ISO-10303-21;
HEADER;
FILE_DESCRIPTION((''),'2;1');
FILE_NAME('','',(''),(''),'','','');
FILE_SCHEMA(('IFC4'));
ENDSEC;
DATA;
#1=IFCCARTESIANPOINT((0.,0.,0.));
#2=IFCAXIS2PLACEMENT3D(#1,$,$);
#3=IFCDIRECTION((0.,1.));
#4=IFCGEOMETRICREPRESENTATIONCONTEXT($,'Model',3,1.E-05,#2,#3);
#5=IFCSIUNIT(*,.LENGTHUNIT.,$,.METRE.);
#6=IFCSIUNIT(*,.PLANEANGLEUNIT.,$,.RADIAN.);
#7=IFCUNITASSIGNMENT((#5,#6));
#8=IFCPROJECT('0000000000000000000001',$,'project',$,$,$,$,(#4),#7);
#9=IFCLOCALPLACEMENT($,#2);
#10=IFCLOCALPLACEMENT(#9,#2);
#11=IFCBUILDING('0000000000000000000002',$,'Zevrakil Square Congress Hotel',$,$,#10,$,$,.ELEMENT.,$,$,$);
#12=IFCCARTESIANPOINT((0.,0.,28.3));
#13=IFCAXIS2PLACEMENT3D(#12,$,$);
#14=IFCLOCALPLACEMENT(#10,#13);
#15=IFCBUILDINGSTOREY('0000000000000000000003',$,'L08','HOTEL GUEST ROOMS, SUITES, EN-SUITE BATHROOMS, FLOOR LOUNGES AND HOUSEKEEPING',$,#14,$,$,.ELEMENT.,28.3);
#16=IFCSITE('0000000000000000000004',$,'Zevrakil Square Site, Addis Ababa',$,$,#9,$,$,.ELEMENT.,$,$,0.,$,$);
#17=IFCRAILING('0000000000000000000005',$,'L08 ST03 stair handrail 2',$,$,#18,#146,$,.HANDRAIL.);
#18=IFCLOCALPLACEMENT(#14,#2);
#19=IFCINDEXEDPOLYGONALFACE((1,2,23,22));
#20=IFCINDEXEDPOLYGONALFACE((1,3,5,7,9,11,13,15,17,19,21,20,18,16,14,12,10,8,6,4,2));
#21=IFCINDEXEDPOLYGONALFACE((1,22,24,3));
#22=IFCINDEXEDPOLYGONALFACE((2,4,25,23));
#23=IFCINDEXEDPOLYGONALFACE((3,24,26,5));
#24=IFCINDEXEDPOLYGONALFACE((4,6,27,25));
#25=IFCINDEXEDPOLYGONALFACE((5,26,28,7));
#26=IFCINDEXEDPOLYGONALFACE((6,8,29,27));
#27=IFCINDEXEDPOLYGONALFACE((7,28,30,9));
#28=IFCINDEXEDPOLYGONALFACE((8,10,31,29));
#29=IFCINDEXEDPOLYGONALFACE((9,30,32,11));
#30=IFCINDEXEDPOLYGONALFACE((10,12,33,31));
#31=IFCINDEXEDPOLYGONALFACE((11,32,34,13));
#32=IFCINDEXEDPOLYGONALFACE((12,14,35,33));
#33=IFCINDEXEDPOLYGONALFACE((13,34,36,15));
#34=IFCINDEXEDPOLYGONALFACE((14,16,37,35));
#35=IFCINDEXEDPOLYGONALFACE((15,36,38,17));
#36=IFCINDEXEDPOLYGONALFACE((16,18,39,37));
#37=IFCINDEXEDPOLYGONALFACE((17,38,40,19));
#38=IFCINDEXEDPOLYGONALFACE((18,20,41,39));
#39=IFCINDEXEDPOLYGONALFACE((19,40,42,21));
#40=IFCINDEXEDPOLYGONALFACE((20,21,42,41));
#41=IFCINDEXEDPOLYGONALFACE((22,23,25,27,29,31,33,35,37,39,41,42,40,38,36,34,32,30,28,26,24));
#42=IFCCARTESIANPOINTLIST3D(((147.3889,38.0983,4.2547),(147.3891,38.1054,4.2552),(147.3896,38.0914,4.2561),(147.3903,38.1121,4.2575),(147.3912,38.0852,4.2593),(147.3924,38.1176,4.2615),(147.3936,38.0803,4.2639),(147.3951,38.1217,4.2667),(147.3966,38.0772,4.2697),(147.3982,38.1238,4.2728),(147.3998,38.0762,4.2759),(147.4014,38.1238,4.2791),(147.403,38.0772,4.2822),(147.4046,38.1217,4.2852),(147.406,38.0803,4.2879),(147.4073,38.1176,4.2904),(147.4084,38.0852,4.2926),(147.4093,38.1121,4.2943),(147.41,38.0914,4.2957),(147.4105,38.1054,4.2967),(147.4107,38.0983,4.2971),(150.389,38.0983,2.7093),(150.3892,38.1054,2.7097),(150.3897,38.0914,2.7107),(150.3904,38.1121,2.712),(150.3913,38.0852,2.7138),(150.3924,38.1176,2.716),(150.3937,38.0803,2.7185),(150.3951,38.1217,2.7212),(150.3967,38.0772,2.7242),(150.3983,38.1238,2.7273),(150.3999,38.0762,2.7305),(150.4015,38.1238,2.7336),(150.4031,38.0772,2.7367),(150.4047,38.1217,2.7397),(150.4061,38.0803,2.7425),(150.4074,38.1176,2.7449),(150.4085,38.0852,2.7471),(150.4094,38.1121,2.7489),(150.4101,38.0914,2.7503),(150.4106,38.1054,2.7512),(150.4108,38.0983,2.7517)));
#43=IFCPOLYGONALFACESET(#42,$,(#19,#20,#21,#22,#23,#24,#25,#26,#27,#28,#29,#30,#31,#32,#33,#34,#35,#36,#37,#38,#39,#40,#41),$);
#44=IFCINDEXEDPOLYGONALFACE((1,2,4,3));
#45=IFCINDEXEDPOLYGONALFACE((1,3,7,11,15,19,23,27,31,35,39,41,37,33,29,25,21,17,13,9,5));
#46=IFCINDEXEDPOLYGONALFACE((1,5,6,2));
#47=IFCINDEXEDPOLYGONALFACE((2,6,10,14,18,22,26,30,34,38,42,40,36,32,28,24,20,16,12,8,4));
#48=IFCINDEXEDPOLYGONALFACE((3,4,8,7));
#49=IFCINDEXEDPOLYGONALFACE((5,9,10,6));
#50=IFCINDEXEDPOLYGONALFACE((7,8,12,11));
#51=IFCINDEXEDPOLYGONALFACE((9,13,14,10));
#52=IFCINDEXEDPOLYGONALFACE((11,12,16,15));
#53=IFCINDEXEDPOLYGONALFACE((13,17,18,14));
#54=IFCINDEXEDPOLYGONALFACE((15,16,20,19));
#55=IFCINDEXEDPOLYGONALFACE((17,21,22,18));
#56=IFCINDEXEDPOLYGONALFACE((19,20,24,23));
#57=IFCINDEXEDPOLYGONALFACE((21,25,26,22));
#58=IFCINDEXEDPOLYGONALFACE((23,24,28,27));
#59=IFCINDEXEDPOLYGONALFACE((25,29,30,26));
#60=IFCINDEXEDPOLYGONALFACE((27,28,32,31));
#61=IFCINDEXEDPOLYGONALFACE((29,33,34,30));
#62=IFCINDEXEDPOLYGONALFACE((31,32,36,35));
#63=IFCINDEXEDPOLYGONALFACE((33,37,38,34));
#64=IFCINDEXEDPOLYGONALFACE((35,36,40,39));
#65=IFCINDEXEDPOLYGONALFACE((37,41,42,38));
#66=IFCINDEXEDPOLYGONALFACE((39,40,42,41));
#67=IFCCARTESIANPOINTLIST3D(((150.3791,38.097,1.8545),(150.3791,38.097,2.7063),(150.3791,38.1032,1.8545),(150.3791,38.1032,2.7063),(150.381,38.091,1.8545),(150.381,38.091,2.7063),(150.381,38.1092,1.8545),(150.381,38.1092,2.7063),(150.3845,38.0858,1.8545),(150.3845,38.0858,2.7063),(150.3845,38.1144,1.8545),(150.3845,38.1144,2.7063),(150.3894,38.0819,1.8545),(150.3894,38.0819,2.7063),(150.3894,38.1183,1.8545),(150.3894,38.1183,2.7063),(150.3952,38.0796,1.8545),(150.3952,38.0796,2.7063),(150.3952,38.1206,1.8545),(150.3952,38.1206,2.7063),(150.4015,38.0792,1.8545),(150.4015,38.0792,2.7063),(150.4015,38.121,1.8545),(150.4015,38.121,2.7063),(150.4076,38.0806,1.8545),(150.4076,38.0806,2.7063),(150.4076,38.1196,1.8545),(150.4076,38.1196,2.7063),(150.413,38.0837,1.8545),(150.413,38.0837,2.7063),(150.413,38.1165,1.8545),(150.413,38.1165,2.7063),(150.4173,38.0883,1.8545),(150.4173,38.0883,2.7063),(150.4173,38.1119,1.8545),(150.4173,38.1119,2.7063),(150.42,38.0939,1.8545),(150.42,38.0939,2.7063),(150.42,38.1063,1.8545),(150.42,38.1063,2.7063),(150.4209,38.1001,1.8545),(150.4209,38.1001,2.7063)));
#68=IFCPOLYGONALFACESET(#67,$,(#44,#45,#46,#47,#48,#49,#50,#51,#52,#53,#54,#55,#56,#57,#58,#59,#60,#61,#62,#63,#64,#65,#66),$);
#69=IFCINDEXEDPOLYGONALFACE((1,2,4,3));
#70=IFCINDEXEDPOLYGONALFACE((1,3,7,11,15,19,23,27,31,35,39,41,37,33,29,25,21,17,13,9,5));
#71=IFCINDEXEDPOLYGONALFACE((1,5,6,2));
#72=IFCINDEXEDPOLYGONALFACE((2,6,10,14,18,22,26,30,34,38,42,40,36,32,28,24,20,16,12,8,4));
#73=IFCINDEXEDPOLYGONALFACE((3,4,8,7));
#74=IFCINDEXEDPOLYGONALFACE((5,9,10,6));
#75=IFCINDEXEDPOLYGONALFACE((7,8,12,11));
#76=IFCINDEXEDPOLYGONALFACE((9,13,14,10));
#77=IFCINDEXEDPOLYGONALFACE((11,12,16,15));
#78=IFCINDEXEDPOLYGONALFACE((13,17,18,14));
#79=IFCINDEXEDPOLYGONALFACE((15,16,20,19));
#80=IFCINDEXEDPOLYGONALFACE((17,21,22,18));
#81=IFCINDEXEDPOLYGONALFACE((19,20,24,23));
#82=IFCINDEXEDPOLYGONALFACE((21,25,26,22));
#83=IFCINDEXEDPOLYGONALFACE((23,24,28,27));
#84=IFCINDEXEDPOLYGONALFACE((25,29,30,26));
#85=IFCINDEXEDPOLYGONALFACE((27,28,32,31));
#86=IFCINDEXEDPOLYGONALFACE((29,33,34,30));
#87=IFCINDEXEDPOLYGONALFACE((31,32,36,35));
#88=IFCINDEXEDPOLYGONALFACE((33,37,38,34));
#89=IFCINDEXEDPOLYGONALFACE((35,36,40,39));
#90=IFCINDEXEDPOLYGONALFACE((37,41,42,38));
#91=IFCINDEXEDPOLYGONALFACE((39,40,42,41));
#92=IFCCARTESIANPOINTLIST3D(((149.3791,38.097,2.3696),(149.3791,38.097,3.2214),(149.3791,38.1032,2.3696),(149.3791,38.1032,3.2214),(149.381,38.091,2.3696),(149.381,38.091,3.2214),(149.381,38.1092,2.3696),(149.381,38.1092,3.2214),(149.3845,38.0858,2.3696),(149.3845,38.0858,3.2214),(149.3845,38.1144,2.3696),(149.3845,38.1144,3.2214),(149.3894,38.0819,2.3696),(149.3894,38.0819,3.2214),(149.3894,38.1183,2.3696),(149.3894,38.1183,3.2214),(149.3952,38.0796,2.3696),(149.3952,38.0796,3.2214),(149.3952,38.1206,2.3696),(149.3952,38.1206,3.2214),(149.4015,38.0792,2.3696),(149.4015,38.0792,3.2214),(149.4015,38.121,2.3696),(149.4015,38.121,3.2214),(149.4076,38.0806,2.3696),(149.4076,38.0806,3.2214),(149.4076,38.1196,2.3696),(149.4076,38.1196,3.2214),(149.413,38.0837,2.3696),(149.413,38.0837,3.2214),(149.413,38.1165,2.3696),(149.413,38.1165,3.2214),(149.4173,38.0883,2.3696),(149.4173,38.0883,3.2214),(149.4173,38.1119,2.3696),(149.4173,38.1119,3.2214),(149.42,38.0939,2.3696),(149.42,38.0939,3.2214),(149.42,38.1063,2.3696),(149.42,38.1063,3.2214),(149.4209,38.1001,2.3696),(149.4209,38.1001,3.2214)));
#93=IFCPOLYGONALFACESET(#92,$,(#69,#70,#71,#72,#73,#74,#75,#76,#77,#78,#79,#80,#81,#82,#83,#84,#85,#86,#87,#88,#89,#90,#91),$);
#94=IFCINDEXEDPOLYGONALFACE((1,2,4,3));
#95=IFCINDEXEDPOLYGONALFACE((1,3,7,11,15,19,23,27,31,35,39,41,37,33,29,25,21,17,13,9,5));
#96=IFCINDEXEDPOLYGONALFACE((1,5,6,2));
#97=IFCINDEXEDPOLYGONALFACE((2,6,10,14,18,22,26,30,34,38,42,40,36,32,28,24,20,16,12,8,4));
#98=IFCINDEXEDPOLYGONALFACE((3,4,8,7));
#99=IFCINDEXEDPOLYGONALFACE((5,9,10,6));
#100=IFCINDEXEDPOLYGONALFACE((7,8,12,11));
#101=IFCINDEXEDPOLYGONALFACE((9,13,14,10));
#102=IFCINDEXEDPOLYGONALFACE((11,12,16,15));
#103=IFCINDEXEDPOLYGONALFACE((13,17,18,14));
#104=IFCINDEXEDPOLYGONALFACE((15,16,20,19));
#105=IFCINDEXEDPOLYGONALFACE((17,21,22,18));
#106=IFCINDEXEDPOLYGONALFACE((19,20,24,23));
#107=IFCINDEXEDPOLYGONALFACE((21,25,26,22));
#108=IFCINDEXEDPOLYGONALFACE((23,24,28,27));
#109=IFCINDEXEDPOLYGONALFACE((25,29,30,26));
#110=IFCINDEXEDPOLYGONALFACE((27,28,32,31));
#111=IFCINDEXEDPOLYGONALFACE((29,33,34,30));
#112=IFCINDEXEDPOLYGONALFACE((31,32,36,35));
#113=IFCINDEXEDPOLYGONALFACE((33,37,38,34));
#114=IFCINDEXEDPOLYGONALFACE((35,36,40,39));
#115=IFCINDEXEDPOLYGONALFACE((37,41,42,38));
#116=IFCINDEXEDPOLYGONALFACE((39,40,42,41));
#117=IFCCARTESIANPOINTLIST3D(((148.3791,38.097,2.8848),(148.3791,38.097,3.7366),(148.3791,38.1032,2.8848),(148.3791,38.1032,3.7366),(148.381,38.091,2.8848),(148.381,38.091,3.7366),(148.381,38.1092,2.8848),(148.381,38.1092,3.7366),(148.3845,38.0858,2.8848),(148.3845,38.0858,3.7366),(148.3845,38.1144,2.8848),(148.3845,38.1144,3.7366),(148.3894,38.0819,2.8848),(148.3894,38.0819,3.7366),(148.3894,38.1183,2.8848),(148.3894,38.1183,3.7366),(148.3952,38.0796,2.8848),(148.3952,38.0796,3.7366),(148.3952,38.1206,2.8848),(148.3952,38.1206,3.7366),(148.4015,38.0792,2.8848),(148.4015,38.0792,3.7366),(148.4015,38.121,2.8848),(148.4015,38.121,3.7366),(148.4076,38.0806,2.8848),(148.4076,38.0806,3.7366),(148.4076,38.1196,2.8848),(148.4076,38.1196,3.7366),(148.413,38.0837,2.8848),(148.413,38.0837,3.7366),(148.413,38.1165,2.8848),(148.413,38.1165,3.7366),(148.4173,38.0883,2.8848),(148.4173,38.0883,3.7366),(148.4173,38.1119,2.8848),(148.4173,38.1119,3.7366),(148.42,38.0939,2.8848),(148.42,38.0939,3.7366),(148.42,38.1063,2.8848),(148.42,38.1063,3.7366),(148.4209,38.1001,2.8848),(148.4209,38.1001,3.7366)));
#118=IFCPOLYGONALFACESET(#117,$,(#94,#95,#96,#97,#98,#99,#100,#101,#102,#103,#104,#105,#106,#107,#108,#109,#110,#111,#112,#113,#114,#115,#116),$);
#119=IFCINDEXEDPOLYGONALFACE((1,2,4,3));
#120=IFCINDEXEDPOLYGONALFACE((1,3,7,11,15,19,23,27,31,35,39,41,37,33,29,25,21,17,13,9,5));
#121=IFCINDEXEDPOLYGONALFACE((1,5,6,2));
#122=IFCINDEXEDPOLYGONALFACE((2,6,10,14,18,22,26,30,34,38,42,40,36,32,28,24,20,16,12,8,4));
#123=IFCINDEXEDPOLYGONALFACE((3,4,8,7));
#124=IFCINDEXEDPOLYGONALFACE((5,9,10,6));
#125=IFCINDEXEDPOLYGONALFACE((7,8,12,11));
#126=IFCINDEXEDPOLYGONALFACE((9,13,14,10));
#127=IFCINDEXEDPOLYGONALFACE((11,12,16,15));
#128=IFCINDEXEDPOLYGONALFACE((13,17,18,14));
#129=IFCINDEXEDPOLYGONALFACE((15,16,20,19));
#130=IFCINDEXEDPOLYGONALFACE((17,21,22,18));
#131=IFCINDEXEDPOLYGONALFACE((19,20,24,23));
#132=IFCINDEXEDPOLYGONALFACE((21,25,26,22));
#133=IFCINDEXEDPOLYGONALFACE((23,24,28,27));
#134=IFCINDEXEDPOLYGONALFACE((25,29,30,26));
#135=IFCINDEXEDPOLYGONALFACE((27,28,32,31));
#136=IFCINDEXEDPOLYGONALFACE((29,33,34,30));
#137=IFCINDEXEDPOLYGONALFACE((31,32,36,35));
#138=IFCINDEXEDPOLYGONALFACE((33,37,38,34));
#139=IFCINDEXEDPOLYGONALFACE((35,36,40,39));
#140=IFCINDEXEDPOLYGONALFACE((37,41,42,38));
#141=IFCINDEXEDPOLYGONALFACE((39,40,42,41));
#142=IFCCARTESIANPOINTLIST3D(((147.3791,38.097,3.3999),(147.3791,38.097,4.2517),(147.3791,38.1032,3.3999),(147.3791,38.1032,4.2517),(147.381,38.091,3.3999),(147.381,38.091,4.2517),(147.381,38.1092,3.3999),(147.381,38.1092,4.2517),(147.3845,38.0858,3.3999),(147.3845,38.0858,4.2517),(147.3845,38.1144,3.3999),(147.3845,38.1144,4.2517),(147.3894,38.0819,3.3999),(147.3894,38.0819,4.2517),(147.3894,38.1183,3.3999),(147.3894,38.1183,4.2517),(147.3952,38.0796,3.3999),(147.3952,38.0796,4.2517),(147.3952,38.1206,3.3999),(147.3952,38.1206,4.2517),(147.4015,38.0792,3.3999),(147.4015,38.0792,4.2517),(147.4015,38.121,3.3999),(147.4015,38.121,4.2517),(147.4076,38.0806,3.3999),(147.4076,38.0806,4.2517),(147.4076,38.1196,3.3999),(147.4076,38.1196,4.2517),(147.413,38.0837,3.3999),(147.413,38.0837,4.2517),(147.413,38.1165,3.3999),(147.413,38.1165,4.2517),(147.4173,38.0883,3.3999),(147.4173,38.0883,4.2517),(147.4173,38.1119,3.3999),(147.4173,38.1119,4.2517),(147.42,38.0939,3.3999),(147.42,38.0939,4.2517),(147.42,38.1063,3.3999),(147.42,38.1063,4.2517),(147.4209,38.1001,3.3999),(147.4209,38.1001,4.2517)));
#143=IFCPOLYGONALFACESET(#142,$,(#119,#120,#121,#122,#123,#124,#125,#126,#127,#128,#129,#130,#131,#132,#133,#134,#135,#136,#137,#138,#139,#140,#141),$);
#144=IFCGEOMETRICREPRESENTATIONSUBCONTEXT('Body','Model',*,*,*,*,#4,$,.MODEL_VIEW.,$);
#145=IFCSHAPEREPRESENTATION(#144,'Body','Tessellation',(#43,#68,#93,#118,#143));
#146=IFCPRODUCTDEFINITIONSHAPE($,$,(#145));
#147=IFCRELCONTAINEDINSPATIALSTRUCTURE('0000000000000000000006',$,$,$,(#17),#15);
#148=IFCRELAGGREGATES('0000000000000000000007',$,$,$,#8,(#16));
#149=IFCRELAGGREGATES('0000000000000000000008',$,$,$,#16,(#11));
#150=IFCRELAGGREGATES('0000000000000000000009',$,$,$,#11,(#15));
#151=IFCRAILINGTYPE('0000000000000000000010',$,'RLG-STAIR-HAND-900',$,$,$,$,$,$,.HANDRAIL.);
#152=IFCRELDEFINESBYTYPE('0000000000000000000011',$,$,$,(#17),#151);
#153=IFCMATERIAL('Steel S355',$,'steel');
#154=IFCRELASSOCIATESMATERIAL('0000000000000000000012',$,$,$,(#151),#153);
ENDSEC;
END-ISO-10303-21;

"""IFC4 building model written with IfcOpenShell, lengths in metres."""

from ifc_helpers import new_model, si_unit, direction, frame, origin, origin_2d, place, context, subcontext, project, spatial, circle, extrude, material, type_object, element, save


model = new_model("IFC4")

# Units and contexts
model_context = context("Model", 3, precision=1e-05, world=origin(), true_north=direction((0.0, 1.0)))
body_context = subcontext(model_context, "Body", "Model", "MODEL_VIEW")
ifc_project = project(units=[si_unit("LENGTHUNIT", "METRE"), si_unit("PLANEANGLEUNIT", "RADIAN")], contexts=[model_context])

# Site, building, storey
site_placement = place(None, origin())
site = spatial("IfcSite", under=ifc_project, at=site_placement, Name="Zevrakil Square Site, Addis Ababa", CompositionType="ELEMENT", RefElevation=0.0)
building_placement = place(site_placement, origin())
building = spatial("IfcBuilding", under=site, at=building_placement, Name="Zevrakil Square Congress Hotel", CompositionType="ELEMENT")
storey_placement = place(building_placement, frame((0.0, 0.0, 28.3)))
storey = spatial("IfcBuildingStorey", under=building, at=storey_placement, Name="L08", Description="HOTEL GUEST ROOMS, SUITES, EN-SUITE BATHROOMS, FLOOR LOUNGES AND HOUSEKEEPING", CompositionType="ELEMENT", Elevation=28.3)

# Railing
ifc_material_1 = material(Name="Steel S355", Category="steel")
railing_type_1 = type_object("IfcRailingType", Name="RLG-STAIR-HAND-900", PredefinedType="HANDRAIL", material=ifc_material_1)
railing_1_placement = place(storey_placement, frame((150.3999, 38.1001, 1.8545)))
element("IfcRailing", 1, at=railing_1_placement, inside=storey, type_object=railing_type_1, Name="L08 ST03 stair handrail 2", PredefinedType="HANDRAIL", context=body_context, shape_type="SweptSolid", body=[
    extrude(circle(Radius=0.0239, at=origin_2d()), frame((0.0, 0.0, 0.876), z_axis=(-0.88898, 0.0, 0.457946), x_axis=(0.0, -1.0, 0.0)), (0.0, 0.0, 1.0), 3.3748),
    extrude(circle(Radius=0.021, at=origin_2d()), origin(), (0.0, 0.0, 1.0), 0.8518),
    extrude(circle(Radius=0.021, at=origin_2d()), frame((-1.0, 0.0, 0.5151)), (0.0, 0.0, 1.0), 0.8518),
    extrude(circle(Radius=0.021, at=origin_2d()), frame((-2.0, 0.0, 1.0303)), (0.0, 0.0, 1.0), 0.8518),
    extrude(circle(Radius=0.021, at=origin_2d()), frame((-3.0, 0.0, 1.5454)), (0.0, 0.0, 1.0), 0.8518),
])

save(model, "model.ifc")
